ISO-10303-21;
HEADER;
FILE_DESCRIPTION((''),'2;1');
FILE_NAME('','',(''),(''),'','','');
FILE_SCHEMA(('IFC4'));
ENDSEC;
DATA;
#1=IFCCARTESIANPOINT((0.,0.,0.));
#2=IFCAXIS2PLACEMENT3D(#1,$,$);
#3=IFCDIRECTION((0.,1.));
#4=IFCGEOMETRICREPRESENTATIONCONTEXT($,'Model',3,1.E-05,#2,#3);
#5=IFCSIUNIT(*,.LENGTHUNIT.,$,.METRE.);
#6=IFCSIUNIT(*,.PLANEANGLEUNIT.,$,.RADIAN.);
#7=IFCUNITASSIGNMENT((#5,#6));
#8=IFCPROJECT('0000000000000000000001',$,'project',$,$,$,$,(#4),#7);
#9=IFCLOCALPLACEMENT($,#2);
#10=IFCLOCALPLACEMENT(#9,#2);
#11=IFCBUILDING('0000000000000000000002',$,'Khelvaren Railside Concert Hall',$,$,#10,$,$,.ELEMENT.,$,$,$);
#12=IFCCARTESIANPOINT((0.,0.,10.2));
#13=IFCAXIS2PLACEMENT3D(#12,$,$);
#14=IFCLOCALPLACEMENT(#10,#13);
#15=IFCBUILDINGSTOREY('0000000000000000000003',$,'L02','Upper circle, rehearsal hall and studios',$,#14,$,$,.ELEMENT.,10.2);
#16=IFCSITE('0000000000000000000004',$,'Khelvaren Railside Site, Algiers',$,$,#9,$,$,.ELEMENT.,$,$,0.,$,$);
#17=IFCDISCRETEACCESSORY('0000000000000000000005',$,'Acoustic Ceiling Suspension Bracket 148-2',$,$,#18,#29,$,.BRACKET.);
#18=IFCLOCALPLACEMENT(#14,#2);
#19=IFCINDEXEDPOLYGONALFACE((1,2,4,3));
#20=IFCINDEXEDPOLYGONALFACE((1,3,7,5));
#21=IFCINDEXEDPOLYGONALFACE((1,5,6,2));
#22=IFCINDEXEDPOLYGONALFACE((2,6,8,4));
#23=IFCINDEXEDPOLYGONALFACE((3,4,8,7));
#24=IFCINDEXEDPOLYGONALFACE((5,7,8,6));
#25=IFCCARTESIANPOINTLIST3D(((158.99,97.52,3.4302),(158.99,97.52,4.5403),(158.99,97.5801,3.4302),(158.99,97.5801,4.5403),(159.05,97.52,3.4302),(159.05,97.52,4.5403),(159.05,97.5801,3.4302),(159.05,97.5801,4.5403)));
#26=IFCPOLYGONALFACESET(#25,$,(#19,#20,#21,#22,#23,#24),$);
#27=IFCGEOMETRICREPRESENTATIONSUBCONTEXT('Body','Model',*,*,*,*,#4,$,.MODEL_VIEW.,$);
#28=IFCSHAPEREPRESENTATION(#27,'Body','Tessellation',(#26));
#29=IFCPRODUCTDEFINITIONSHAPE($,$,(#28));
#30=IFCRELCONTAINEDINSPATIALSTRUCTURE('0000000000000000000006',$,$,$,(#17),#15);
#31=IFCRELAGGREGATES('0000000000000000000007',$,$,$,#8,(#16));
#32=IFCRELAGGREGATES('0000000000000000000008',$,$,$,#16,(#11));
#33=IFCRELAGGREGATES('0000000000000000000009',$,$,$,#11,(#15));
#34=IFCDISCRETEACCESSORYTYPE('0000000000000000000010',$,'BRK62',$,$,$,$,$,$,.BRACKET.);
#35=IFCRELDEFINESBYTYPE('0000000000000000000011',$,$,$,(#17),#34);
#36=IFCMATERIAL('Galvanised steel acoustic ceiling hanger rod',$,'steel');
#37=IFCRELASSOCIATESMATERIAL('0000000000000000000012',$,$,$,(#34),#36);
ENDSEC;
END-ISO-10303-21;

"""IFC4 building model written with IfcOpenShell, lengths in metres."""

from ifc_helpers import new_model, si_unit, direction, frame, origin, origin_2d, place, context, subcontext, project, spatial, rectangle, extrude, material, type_object, element, save


model = new_model("IFC4")

# Units and contexts
model_context = context("Model", 3, precision=1e-05, world=origin(), true_north=direction((0.0, 1.0)))
body_context = subcontext(model_context, "Body", "Model", "MODEL_VIEW")
ifc_project = project(units=[si_unit("LENGTHUNIT", "METRE"), si_unit("PLANEANGLEUNIT", "RADIAN")], contexts=[model_context])

# Site, building, storey
site_placement = place(None, origin())
site = spatial("IfcSite", under=ifc_project, at=site_placement, Name="Khelvaren Railside Site, Algiers", CompositionType="ELEMENT", RefElevation=0.0)
building_placement = place(site_placement, origin())
building = spatial("IfcBuilding", under=site, at=building_placement, Name="Khelvaren Railside Concert Hall", CompositionType="ELEMENT")
storey_placement = place(building_placement, frame((0.0, 0.0, 10.2)))
storey = spatial("IfcBuildingStorey", under=building, at=storey_placement, Name="L02", Description="Upper circle, rehearsal hall and studios", CompositionType="ELEMENT", Elevation=10.2)

# Discrete accessory
ifc_material_1 = material(Name="Galvanised steel acoustic ceiling hanger rod", Category="steel")
discrete_accessory_type = type_object("IfcDiscreteAccessoryType", Name="BRK62", PredefinedType="BRACKET", material=ifc_material_1)
for number, where, z_axis, x_axis, name in (
    (1, (159.02, 97.55, 3.4302), (0.0, 0.0, 1.0), (1.0, 0.0, 0.0), "Acoustic Ceiling Suspension Bracket 148-2"),
):
    element("IfcDiscreteAccessory", number, at=place(storey_placement, frame(where, z_axis=z_axis, x_axis=x_axis)), inside=storey, type_object=discrete_accessory_type, Name=name, PredefinedType="BRACKET", context=body_context, shape_type="SweptSolid", body=[
        extrude(rectangle(XDim=0.0601, YDim=0.0601, at=origin_2d()), origin(), (0.0, 0.0, 1.0), 1.1101),
    ])

save(model, "model.ifc")
